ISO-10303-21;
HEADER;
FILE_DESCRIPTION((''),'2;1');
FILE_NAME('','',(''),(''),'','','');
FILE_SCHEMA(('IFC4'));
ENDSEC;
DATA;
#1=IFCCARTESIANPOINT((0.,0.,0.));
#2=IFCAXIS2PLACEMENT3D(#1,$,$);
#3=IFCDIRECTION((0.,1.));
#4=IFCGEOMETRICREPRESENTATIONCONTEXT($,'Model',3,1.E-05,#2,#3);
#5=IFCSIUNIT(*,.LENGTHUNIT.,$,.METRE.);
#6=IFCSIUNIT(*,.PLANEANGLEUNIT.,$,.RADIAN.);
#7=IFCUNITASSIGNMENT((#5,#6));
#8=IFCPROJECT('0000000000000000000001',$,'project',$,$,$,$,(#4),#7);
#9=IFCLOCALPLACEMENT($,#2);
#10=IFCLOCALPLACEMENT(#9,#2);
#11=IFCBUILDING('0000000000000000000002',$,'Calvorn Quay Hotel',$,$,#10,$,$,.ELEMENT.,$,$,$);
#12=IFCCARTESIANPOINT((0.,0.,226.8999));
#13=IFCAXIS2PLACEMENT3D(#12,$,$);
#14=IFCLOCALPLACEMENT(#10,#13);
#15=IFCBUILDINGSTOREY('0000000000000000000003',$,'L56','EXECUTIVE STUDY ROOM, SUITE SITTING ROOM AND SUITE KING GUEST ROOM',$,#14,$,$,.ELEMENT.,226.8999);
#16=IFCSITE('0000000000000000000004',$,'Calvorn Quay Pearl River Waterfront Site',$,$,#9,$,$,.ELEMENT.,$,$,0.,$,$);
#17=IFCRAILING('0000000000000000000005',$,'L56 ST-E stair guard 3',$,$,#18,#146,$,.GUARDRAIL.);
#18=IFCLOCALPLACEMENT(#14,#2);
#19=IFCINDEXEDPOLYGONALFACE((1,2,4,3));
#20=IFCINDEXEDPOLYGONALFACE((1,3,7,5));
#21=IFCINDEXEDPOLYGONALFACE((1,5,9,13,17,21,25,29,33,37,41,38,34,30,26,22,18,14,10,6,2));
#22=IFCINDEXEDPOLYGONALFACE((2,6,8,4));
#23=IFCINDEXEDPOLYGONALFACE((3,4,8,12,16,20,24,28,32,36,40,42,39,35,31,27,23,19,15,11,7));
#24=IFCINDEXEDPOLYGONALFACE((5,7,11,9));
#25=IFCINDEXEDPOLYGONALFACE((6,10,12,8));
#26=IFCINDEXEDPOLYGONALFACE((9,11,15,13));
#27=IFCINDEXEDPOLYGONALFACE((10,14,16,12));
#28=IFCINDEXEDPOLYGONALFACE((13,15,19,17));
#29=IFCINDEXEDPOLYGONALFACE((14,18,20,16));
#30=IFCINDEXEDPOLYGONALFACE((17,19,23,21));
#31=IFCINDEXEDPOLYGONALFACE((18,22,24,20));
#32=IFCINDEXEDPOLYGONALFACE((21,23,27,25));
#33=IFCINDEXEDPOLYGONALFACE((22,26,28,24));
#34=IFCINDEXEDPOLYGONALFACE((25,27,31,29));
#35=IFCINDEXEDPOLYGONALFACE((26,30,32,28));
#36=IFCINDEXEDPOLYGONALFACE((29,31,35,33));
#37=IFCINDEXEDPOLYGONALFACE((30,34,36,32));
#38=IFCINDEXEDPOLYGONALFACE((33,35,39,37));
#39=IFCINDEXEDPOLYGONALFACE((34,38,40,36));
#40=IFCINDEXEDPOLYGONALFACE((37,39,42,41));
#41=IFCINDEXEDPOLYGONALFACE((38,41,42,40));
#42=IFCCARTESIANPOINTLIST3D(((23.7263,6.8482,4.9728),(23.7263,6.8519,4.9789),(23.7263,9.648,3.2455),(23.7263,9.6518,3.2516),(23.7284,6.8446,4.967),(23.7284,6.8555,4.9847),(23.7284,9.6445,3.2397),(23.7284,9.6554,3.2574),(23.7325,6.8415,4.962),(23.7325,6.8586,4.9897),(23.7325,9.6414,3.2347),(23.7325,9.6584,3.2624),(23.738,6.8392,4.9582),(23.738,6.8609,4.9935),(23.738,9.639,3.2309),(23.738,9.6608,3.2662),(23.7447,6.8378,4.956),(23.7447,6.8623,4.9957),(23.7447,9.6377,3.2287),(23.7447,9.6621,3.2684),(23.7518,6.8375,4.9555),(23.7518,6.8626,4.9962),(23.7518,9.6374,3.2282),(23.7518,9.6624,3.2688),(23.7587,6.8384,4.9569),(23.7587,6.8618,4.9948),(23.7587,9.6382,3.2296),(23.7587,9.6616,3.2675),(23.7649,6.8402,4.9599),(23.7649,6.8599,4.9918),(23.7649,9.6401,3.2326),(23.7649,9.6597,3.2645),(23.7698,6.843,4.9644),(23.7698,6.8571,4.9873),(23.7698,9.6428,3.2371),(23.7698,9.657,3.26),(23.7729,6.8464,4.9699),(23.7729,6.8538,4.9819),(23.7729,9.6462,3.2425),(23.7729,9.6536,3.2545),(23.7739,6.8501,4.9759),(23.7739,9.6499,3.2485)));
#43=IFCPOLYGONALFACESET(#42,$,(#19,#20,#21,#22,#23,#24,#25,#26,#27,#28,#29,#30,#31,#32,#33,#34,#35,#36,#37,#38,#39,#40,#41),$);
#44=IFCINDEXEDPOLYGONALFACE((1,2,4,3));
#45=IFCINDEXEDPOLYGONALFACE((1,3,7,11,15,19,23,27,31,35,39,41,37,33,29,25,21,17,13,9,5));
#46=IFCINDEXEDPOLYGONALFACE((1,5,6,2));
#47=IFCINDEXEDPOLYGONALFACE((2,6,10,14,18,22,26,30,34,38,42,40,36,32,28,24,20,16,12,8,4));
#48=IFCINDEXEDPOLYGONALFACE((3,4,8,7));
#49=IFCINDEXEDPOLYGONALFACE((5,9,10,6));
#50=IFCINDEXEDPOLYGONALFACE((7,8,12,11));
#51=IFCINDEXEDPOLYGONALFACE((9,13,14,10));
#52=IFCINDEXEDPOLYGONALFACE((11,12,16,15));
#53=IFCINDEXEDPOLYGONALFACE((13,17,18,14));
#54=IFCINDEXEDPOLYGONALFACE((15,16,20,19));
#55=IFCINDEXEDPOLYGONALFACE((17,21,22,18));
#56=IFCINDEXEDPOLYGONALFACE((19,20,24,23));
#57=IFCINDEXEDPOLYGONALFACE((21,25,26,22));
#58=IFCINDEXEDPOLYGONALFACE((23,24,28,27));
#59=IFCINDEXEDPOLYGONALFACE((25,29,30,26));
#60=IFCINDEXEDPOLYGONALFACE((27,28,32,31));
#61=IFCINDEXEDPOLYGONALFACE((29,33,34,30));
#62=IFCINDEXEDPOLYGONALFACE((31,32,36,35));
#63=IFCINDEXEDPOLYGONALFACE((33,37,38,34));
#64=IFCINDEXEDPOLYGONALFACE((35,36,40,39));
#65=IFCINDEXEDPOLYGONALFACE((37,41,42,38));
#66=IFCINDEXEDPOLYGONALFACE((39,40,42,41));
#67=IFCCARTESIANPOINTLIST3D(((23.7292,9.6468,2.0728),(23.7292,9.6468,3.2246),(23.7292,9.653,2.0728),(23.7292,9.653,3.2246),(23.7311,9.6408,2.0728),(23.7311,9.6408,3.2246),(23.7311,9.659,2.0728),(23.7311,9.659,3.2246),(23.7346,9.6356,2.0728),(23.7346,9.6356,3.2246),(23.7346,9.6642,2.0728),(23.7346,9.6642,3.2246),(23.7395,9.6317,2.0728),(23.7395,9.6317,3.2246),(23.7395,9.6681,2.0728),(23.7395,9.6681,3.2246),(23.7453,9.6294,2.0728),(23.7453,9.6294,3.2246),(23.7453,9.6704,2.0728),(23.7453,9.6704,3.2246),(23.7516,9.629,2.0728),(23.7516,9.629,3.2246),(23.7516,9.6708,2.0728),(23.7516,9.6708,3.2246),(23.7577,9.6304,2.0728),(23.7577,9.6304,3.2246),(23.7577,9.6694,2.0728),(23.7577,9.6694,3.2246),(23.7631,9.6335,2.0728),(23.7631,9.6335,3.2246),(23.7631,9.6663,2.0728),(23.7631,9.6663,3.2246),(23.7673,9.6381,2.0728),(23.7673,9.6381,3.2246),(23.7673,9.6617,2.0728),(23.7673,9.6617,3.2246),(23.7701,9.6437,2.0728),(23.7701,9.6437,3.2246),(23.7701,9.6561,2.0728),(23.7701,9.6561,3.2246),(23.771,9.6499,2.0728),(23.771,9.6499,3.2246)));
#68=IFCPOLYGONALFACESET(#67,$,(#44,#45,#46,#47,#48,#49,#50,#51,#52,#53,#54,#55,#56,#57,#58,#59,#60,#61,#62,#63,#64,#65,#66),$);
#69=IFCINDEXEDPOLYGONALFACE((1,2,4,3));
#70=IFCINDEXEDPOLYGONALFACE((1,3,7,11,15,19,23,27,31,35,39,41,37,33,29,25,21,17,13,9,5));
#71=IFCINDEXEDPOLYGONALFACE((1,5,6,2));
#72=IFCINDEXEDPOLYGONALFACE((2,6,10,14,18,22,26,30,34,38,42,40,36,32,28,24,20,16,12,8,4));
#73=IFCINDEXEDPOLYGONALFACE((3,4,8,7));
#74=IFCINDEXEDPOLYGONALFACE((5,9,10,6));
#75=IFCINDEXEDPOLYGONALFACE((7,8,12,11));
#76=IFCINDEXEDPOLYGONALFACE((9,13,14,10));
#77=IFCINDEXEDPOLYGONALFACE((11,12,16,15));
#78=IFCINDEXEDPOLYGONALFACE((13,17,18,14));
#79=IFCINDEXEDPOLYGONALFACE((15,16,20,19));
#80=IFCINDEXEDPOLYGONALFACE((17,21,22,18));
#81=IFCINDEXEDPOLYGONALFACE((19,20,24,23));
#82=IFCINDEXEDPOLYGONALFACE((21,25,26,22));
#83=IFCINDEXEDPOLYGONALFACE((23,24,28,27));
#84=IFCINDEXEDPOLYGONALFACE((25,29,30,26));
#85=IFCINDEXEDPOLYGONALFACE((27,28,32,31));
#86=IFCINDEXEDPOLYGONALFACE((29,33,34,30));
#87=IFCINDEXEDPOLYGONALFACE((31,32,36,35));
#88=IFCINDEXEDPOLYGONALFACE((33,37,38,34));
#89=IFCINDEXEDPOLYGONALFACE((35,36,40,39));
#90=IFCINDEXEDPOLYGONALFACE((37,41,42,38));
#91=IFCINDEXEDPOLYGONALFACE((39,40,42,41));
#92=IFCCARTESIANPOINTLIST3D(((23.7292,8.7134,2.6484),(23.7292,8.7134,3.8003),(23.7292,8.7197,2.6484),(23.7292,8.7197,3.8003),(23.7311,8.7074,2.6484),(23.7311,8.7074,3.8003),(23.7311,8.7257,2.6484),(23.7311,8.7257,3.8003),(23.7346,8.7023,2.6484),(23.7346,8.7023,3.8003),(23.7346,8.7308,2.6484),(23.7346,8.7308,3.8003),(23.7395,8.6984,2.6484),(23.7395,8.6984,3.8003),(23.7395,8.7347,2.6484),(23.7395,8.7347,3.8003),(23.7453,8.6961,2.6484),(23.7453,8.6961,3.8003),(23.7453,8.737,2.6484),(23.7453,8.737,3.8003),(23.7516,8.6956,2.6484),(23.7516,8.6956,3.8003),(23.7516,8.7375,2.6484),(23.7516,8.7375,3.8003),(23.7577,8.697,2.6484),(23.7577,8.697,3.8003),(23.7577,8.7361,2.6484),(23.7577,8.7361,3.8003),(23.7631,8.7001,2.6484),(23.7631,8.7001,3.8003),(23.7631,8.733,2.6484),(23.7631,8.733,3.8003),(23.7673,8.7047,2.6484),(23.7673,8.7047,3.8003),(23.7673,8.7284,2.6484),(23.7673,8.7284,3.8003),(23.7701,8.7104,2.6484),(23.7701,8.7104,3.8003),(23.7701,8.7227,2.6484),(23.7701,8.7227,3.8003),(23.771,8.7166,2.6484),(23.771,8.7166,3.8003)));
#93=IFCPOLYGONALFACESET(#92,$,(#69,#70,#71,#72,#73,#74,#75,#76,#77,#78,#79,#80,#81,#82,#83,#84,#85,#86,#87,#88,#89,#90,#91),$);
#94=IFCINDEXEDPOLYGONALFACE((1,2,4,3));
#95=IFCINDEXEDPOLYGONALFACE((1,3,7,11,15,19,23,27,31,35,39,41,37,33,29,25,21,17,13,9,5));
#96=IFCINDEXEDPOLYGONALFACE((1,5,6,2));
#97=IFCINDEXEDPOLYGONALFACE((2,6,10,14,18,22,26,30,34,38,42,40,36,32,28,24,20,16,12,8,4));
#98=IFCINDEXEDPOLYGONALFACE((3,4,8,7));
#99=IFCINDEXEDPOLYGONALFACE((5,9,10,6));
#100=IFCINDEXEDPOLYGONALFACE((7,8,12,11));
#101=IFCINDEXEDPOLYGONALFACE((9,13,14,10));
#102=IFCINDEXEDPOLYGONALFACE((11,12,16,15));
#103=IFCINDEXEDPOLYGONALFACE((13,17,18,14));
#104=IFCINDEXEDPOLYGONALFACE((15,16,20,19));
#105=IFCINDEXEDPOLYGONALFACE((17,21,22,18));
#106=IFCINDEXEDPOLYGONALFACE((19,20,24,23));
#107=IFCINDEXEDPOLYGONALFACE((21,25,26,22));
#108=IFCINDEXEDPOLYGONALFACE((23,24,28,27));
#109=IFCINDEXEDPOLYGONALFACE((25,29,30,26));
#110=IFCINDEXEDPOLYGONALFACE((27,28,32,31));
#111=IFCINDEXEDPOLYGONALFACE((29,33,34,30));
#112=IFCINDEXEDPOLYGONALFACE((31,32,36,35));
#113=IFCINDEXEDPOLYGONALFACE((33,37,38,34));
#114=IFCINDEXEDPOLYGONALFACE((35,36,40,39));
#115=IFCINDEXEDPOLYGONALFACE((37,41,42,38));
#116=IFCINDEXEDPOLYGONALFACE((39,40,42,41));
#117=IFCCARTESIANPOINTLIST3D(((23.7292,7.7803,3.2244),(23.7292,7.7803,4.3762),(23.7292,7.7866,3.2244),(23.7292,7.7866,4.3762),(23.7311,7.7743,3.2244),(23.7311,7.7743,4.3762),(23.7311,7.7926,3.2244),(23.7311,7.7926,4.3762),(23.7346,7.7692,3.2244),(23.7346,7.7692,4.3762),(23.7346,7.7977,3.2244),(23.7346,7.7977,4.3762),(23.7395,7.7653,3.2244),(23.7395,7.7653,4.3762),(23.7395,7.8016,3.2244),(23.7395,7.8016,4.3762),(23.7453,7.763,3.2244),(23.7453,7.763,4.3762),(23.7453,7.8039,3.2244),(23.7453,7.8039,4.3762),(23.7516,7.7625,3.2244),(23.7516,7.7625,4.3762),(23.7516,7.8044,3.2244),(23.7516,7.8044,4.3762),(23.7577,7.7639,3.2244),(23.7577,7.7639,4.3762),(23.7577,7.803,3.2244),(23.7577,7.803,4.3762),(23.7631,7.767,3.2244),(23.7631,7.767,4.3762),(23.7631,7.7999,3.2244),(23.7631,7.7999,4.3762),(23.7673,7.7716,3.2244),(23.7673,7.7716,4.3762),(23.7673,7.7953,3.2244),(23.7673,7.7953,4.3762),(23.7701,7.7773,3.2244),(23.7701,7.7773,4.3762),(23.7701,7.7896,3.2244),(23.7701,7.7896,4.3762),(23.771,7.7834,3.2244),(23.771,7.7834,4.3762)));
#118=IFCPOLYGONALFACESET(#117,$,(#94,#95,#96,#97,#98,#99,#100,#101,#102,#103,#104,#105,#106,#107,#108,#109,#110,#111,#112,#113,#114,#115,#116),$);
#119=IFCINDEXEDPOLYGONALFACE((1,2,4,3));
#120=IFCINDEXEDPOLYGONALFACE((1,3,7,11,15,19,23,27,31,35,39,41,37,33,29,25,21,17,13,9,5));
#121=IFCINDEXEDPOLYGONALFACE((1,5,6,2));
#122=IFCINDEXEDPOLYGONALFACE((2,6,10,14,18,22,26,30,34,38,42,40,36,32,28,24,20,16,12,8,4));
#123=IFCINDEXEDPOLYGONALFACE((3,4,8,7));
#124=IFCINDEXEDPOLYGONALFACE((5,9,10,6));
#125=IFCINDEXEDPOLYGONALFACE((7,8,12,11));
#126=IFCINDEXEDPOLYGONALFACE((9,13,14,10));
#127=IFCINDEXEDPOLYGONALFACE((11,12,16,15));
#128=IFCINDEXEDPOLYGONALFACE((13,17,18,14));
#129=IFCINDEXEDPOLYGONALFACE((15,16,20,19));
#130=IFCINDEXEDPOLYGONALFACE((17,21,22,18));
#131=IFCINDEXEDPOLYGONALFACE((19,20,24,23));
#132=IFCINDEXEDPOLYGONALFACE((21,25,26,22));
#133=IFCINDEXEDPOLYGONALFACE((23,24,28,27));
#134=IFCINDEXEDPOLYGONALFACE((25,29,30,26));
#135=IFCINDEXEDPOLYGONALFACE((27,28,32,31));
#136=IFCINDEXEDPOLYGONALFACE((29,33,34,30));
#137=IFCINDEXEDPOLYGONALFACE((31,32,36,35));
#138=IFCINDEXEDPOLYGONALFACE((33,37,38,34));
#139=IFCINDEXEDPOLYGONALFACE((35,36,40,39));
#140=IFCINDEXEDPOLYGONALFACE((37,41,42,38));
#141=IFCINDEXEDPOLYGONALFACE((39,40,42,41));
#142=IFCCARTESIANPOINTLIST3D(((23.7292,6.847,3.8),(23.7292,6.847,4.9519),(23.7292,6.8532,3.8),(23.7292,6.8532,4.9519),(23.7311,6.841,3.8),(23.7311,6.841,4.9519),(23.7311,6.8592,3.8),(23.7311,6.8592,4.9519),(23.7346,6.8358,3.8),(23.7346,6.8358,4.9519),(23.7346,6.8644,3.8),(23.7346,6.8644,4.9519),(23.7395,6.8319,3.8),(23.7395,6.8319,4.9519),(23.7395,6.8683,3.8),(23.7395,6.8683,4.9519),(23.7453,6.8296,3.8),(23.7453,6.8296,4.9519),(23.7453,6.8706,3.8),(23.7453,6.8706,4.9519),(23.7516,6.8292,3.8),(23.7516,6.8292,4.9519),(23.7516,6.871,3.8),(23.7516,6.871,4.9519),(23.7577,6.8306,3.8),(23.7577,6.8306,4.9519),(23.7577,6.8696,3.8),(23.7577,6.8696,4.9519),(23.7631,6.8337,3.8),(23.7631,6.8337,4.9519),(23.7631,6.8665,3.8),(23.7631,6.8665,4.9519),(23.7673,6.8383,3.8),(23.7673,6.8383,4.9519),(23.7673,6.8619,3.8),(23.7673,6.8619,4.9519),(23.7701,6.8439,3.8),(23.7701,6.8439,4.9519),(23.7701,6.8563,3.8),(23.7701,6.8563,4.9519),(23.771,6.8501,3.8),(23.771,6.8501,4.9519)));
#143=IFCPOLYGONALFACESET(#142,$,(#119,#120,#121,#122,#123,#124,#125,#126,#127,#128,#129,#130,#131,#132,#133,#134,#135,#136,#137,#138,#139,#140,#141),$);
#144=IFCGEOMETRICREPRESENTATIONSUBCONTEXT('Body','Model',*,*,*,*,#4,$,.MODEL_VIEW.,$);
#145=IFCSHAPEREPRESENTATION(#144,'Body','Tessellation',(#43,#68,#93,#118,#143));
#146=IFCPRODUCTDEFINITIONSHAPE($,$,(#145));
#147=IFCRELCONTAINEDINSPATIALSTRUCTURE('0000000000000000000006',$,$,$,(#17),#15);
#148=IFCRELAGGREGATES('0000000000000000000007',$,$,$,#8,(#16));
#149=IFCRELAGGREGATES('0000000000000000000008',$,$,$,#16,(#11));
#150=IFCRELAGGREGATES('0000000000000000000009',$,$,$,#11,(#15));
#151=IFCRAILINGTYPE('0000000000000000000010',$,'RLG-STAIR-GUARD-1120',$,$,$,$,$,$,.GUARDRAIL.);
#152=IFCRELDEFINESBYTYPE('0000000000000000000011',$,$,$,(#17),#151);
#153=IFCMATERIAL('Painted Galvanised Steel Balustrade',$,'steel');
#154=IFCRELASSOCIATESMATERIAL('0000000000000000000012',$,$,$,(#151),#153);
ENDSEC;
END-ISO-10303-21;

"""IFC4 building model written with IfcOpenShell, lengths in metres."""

from ifc_helpers import new_model, si_unit, direction, frame, origin, origin_2d, place, context, subcontext, project, spatial, circle, extrude, material, type_object, element, save


model = new_model("IFC4")

# Units and contexts
model_context = context("Model", 3, precision=1e-05, world=origin(), true_north=direction((0.0, 1.0)))
body_context = subcontext(model_context, "Body", "Model", "MODEL_VIEW")
ifc_project = project(units=[si_unit("LENGTHUNIT", "METRE"), si_unit("PLANEANGLEUNIT", "RADIAN")], contexts=[model_context])

# Site, building, storey
site_placement = place(None, origin())
site = spatial("IfcSite", under=ifc_project, at=site_placement, Name="Calvorn Quay Pearl River Waterfront Site", CompositionType="ELEMENT", RefElevation=0.0)
building_placement = place(site_placement, origin())
building = spatial("IfcBuilding", under=site, at=building_placement, Name="Calvorn Quay Hotel", CompositionType="ELEMENT")
storey_placement = place(building_placement, frame((0.0, 0.0, 226.8999)))
storey = spatial("IfcBuildingStorey", under=building, at=storey_placement, Name="L56", Description="EXECUTIVE STUDY ROOM, SUITE SITTING ROOM AND SUITE KING GUEST ROOM", CompositionType="ELEMENT", Elevation=226.8999)

# Railing
ifc_material_1 = material(Name="Painted Galvanised Steel Balustrade", Category="steel")
railing_type_1 = type_object("IfcRailingType", Name="RLG-STAIR-GUARD-1120", PredefinedType="GUARDRAIL", material=ifc_material_1)
railing_1_placement = place(storey_placement, frame((23.75, 9.6499, 2.0728)))
element("IfcRailing", 1, at=railing_1_placement, inside=storey, type_object=railing_type_1, Name="L56 ST-E stair guard 3", PredefinedType="GUARDRAIL", context=body_context, shape_type="SweptSolid", body=[
    extrude(circle(Radius=0.0239, at=origin_2d()), frame((0.0, 0.0, 1.1758), z_axis=(0.0, -0.851069, 0.525054), x_axis=(1.0, 0.0, 0.0)), (0.0, 0.0, 1.0), 3.2898),
    extrude(circle(Radius=0.021, at=origin_2d()), origin(), (0.0, 0.0, 1.0), 1.1519),
    extrude(circle(Radius=0.021, at=origin_2d()), frame((0.0, -0.9333, 0.5757)), (0.0, 0.0, 1.0), 1.1519),
    extrude(circle(Radius=0.021, at=origin_2d()), frame((0.0, -1.8665, 1.1516)), (0.0, 0.0, 1.0), 1.1519),
    extrude(circle(Radius=0.021, at=origin_2d()), frame((0.0, -2.7998, 1.7273)), (0.0, 0.0, 1.0), 1.1519),
])

save(model, "model.ifc")
